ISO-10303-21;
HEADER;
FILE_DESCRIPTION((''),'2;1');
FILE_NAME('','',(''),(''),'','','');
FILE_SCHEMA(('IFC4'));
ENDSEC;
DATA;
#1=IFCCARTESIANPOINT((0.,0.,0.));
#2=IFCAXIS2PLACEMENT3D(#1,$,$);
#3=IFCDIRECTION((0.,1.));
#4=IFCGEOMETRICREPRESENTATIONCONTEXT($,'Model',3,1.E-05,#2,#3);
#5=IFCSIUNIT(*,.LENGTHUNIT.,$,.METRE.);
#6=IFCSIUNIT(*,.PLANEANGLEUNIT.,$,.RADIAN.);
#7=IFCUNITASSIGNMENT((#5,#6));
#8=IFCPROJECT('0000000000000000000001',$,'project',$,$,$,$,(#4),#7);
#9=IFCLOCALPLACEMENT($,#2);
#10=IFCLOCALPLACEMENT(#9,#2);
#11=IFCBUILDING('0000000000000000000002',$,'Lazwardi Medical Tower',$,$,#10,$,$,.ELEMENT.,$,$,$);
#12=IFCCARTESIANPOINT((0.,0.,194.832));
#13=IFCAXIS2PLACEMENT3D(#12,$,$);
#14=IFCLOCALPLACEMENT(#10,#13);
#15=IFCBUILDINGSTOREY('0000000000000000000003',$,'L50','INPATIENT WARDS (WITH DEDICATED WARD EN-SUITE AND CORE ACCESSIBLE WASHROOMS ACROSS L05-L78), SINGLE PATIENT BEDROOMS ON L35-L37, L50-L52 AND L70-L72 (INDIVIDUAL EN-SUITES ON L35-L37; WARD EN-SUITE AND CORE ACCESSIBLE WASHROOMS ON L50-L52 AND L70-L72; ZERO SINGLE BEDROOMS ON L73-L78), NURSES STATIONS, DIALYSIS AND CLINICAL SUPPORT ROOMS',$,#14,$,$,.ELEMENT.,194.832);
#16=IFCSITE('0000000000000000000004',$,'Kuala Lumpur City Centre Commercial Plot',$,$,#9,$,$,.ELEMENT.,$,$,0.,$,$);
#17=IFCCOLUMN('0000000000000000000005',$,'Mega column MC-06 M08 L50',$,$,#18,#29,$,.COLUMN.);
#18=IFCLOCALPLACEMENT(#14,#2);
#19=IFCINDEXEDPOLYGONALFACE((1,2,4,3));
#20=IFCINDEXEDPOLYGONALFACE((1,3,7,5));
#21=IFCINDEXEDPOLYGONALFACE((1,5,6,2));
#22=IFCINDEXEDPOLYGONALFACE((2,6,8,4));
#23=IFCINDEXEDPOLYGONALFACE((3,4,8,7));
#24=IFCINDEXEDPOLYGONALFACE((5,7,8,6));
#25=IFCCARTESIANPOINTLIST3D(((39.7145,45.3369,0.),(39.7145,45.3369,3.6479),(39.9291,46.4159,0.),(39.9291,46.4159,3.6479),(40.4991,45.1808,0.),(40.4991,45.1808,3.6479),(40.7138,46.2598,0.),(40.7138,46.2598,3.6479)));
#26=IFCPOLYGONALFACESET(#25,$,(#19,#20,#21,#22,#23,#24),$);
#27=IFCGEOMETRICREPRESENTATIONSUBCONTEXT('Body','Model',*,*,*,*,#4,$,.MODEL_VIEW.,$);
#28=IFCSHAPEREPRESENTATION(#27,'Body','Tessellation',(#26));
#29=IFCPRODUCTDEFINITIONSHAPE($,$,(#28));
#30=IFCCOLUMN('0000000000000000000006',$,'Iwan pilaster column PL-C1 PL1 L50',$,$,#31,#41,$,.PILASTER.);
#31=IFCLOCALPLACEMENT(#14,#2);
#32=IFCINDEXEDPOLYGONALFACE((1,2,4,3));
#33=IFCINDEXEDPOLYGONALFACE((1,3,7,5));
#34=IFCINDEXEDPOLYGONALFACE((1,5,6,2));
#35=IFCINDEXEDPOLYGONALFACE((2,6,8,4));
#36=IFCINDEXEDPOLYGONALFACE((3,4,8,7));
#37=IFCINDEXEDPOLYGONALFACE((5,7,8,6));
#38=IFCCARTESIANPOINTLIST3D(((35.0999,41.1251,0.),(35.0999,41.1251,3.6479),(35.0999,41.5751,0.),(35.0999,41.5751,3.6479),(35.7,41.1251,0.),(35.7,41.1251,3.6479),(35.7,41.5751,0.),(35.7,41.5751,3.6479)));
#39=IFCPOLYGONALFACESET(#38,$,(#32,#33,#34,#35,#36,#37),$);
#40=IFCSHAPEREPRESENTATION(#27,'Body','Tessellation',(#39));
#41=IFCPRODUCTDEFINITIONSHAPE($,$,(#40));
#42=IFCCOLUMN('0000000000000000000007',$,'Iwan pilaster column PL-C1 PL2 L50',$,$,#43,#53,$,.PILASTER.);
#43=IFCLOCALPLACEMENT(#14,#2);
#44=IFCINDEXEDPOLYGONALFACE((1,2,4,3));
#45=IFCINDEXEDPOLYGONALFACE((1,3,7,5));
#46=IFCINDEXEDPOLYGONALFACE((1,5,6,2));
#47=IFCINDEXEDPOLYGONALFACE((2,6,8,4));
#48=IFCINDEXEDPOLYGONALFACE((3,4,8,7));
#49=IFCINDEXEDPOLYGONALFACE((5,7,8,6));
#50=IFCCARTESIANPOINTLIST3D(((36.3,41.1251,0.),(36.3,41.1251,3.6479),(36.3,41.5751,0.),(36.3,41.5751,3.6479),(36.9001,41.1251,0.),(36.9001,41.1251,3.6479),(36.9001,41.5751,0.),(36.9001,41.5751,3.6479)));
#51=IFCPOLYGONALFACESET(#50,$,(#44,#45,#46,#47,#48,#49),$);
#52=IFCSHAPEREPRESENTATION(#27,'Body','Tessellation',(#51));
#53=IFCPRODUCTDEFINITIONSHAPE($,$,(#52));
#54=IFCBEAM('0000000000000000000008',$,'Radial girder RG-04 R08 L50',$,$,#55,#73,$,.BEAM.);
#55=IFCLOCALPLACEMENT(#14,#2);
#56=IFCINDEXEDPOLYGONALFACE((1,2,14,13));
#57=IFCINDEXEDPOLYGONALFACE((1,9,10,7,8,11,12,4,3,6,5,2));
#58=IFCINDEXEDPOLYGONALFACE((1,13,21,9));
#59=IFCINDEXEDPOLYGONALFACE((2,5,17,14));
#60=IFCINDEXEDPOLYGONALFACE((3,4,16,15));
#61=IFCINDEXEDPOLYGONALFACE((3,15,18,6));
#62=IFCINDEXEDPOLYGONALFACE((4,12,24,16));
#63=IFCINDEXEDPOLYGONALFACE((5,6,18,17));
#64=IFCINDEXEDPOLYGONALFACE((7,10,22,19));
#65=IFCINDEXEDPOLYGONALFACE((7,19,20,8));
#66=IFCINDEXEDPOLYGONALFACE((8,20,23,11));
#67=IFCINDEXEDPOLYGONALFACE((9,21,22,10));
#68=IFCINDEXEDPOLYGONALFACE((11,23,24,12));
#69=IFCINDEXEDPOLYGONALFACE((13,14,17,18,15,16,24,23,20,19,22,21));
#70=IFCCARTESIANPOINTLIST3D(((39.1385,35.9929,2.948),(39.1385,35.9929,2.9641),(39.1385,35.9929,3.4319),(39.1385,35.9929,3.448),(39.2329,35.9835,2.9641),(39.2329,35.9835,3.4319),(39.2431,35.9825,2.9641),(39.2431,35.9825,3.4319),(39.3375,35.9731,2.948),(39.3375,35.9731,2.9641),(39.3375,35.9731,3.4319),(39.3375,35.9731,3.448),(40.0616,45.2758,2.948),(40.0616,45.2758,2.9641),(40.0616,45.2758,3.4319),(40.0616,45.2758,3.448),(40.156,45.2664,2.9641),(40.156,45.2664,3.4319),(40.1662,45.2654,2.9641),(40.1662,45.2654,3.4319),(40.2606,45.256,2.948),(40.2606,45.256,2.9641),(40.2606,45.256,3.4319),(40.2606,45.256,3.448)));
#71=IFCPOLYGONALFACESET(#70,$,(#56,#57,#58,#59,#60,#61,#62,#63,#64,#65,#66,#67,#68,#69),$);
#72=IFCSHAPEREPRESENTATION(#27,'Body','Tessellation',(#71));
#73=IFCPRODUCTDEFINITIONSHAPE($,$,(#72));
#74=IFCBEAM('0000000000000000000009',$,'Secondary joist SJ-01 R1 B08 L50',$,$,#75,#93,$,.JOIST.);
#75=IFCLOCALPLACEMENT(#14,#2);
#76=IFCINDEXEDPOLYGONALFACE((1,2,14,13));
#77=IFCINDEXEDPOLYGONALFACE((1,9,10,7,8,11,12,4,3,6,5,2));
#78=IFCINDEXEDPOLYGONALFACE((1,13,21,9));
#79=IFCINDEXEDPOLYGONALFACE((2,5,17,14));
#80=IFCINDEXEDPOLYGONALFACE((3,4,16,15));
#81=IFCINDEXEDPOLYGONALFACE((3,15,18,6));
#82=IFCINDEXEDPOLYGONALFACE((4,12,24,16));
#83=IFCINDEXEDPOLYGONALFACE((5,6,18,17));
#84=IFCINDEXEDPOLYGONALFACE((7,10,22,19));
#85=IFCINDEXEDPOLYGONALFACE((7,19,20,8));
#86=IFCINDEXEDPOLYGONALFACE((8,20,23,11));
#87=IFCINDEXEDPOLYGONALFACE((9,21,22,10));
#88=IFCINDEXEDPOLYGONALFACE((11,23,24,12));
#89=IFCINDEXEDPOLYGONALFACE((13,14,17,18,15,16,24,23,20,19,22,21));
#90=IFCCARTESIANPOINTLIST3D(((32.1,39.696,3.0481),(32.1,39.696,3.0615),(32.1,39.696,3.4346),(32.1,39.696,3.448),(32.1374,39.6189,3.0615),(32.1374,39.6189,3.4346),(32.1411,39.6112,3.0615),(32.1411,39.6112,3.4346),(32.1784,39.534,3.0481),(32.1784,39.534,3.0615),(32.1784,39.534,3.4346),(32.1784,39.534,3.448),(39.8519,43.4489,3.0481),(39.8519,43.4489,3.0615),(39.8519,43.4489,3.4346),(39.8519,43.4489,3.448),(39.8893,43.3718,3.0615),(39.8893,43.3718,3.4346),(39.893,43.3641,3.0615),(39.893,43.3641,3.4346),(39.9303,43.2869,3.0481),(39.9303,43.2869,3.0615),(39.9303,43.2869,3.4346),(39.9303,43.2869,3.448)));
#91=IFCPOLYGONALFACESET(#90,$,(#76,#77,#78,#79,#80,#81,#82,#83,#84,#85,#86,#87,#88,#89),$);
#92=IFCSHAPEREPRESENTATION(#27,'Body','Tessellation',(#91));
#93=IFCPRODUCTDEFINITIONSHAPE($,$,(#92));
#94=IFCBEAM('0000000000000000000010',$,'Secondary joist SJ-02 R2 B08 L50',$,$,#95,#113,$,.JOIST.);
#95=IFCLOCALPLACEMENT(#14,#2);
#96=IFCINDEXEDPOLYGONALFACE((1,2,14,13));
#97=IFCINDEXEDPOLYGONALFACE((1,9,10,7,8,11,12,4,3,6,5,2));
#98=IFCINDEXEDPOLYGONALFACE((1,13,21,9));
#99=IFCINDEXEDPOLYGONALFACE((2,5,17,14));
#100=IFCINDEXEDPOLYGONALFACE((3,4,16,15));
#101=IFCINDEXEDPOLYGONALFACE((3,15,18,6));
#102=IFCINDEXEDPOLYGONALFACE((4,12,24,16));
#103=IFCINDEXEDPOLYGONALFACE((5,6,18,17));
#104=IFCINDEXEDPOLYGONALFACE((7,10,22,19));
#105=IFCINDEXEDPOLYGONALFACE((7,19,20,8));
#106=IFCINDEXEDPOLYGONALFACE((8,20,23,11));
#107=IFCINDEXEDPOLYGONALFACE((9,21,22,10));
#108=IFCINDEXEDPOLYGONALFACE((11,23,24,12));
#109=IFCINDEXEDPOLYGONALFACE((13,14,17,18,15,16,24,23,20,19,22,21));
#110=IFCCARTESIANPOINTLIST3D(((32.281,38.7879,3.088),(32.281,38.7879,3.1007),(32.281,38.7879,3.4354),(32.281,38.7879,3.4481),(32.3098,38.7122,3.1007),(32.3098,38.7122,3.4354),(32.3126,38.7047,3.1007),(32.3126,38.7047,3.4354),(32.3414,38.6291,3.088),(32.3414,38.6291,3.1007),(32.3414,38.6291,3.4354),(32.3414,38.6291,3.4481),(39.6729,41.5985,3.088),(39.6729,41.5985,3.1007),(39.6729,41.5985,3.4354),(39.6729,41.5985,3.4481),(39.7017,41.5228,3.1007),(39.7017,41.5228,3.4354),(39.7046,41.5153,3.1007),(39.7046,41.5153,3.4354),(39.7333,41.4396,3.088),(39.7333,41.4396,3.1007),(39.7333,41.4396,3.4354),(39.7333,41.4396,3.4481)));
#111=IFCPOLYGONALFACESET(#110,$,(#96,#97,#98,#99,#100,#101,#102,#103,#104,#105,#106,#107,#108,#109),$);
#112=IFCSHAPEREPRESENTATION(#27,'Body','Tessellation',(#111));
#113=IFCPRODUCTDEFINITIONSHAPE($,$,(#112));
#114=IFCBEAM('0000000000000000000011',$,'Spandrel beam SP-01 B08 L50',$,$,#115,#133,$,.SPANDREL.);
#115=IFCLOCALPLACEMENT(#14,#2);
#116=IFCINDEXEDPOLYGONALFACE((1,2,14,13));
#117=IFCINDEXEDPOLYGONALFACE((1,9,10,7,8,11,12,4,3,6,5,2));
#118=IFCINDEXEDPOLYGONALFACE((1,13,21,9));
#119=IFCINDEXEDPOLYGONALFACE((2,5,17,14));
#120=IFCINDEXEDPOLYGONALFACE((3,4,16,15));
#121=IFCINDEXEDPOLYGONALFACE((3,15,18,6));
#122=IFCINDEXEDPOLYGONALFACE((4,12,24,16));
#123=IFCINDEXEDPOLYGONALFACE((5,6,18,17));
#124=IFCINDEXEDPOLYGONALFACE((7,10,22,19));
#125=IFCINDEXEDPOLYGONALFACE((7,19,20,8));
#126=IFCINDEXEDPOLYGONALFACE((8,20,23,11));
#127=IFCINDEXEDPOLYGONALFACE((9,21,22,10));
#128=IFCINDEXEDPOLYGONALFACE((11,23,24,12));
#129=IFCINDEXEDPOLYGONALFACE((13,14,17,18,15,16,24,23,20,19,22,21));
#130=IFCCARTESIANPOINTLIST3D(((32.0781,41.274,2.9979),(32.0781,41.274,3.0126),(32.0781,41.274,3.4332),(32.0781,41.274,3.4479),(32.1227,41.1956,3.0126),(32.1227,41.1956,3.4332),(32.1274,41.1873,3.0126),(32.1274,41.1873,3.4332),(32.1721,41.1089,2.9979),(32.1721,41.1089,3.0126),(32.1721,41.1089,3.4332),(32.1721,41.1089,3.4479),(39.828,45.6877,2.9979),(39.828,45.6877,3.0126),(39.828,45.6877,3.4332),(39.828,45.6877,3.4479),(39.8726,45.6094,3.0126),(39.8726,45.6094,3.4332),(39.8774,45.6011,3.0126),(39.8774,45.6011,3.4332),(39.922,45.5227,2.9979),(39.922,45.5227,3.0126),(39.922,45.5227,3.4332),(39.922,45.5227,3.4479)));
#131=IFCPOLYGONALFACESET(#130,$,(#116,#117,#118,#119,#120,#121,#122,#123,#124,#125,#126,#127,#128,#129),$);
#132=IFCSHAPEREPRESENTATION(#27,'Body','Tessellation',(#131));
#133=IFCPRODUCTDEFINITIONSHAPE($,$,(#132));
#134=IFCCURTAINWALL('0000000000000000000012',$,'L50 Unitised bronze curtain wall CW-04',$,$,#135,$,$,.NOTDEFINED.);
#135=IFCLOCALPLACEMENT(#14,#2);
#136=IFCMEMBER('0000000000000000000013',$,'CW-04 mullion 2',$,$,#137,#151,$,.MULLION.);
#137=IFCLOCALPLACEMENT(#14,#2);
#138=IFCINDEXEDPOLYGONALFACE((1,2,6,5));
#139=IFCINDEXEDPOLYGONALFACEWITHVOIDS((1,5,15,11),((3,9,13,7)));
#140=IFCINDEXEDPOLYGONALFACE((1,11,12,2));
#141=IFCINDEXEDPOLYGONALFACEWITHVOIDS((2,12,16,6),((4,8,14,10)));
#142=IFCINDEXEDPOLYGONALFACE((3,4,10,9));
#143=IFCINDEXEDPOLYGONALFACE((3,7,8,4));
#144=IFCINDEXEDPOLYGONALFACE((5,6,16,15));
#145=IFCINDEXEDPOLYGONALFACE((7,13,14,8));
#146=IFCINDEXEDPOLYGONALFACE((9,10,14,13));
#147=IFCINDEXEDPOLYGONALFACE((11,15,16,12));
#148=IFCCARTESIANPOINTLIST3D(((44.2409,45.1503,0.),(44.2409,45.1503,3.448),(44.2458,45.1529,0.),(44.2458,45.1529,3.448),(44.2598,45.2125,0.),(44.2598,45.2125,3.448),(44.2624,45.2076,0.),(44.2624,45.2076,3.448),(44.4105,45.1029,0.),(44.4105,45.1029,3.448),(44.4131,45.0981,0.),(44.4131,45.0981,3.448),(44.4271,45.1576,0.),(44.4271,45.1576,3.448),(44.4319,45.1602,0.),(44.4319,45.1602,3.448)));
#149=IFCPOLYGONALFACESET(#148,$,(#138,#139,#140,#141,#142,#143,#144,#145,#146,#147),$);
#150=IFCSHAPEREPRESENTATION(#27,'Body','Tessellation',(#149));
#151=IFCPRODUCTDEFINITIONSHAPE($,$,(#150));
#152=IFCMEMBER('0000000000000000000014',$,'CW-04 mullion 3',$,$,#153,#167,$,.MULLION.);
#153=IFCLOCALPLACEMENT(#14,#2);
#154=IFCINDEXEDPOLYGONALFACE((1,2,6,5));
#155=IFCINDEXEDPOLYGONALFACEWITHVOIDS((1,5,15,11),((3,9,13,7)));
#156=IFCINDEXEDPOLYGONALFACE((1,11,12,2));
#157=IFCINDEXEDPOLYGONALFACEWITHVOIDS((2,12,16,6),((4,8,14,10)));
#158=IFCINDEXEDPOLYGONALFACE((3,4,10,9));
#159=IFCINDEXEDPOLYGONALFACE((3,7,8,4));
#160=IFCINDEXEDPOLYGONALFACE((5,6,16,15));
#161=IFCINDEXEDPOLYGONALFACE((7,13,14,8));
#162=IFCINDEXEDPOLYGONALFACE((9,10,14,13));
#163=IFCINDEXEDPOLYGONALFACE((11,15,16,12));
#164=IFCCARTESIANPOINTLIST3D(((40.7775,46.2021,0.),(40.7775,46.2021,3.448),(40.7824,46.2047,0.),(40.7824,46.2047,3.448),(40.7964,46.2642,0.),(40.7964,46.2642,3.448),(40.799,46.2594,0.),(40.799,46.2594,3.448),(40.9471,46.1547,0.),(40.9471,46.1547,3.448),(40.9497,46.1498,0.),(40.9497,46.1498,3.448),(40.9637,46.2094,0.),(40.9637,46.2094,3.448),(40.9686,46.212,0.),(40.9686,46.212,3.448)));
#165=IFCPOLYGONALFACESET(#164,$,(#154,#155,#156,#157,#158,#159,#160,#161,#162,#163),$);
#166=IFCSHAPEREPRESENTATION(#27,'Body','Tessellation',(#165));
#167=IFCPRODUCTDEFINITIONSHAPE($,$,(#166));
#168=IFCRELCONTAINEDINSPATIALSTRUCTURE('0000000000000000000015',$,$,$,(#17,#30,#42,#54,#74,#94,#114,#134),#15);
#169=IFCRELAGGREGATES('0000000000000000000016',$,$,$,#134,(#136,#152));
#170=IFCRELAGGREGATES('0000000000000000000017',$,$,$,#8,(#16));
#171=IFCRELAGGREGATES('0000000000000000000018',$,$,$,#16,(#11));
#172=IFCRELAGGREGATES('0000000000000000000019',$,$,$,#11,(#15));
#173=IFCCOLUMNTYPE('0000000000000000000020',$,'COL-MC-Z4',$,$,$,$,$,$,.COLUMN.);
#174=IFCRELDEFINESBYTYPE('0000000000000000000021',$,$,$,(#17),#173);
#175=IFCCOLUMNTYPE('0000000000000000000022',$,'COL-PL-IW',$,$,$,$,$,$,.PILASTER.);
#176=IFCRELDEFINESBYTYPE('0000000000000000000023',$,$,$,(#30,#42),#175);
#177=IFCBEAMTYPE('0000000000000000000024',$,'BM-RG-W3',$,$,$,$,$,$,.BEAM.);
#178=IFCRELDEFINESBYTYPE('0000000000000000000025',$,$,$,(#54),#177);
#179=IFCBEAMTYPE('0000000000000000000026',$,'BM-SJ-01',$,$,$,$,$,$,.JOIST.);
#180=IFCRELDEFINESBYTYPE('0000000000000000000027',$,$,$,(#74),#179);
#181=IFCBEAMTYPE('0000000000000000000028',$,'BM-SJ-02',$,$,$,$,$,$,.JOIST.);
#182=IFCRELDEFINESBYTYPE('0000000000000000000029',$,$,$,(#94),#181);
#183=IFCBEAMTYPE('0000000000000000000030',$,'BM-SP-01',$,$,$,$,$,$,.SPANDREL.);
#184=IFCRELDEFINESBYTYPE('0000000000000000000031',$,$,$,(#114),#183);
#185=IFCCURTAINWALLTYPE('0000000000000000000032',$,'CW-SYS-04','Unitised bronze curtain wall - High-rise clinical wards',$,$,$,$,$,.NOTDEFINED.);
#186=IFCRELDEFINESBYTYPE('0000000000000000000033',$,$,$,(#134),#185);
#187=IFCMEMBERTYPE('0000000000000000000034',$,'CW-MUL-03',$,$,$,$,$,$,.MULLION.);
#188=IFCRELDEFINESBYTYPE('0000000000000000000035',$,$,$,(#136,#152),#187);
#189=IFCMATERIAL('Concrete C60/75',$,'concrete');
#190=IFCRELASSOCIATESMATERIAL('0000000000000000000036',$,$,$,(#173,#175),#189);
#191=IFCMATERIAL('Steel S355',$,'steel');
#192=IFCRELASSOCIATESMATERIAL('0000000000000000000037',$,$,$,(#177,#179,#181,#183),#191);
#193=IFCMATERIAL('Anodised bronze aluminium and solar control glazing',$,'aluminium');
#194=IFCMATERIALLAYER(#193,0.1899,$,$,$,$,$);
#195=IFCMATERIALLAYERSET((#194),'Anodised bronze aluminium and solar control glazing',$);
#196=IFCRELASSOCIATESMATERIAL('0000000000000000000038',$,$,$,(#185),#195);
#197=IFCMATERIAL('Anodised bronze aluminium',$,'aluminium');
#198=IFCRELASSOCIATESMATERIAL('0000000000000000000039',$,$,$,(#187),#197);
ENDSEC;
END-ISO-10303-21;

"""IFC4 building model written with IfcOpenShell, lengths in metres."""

from ifc_helpers import new_model, si_unit, direction, frame, origin, origin_2d, place, context, subcontext, project, spatial, rectangle, hollow_rectangle, i_section, extrude, material, layer, layer_set, material_profile, profile_set, type_object, element, aggregate, save


model = new_model("IFC4")

# Units and contexts
model_context = context("Model", 3, precision=1e-05, world=origin(), true_north=direction((0.0, 1.0)))
body_context = subcontext(model_context, "Body", "Model", "MODEL_VIEW")
ifc_project = project(units=[si_unit("LENGTHUNIT", "METRE"), si_unit("PLANEANGLEUNIT", "RADIAN")], contexts=[model_context])

# Site, building, storey
site_placement = place(None, origin())
site = spatial("IfcSite", under=ifc_project, at=site_placement, Name="Kuala Lumpur City Centre Commercial Plot", CompositionType="ELEMENT", RefElevation=0.0)
building_placement = place(site_placement, origin())
building = spatial("IfcBuilding", under=site, at=building_placement, Name="Lazwardi Medical Tower", CompositionType="ELEMENT")
storey_placement = place(building_placement, frame((0.0, 0.0, 194.832)))
storey = spatial("IfcBuildingStorey", under=building, at=storey_placement, Name="L50", Description="INPATIENT WARDS (WITH DEDICATED WARD EN-SUITE AND CORE ACCESSIBLE WASHROOMS ACROSS L05-L78), SINGLE PATIENT BEDROOMS ON L35-L37, L50-L52 AND L70-L72 (INDIVIDUAL EN-SUITES ON L35-L37; WARD EN-SUITE AND CORE ACCESSIBLE WASHROOMS ON L50-L52 AND L70-L72; ZERO SINGLE BEDROOMS ON L73-L78), NURSES STATIONS, DIALYSIS AND CLINICAL SUPPORT ROOMS", CompositionType="ELEMENT", Elevation=194.832)

# Columns
ifc_material_1 = material(Name="Concrete C60/75", Category="concrete")
ifc_material_profile_1 = material_profile(ifc_material_1, rectangle(XDim=1.1001, YDim=0.8, at=origin_2d()), Name="CFT-RECT 1100x800")
ifc_profile_set_1 = profile_set([ifc_material_profile_1], Name="Concrete C60/75")
column_type_1 = type_object("IfcColumnType", Name="COL-MC-Z4", PredefinedType="COLUMN", material=ifc_profile_set_1)
column_placement = place(storey_placement, frame((40.2141, 45.7983, 0.0), z_axis=(0.0, 0.0, 1.0), x_axis=(0.19509, 0.980785, 0.0)))
element("IfcColumn", 1, at=column_placement, inside=storey, type_object=column_type_1, Name="Mega column MC-06 M08 L50", PredefinedType="COLUMN", context=body_context, shape_type="SweptSolid", body=[
    extrude(rectangle(XDim=1.1001, YDim=0.8, at=origin_2d()), origin(), (0.0, 0.0, 1.0), 3.6479),
])
ifc_material_profile_2 = material_profile(ifc_material_1, rectangle(XDim=0.6001, YDim=0.45, at=origin_2d()), Name="RC 600x450")
ifc_profile_set_2 = profile_set([ifc_material_profile_2], Name="Concrete C60/75")
column_type_2 = type_object("IfcColumnType", Name="COL-PL-IW", PredefinedType="PILASTER", material=ifc_profile_set_2)
for number, where, z_axis, x_axis, name in (
    (2, (35.3999, 41.3501, 0.0), (0.0, 0.0, 1.0), (1.0, 0.0, 0.0), "Iwan pilaster column PL-C1 PL1 L50"),
    (3, (36.6001, 41.3501, 0.0), (0.0, 0.0, 1.0), (1.0, 0.0, 0.0), "Iwan pilaster column PL-C1 PL2 L50"),
):
    element("IfcColumn", number, at=place(storey_placement, frame(where, z_axis=z_axis, x_axis=x_axis)), inside=storey, type_object=column_type_2, Name=name, PredefinedType="PILASTER", context=body_context, shape_type="SweptSolid", body=[
        extrude(rectangle(XDim=0.6001, YDim=0.45, at=origin_2d()), origin(), (0.0, 0.0, 1.0), 3.6479),
    ])

# Beams
ifc_material_2 = material(Name="Steel S355", Category="steel")
ifc_material_profile_3 = material_profile(ifc_material_2, i_section(OverallWidth=0.2, OverallDepth=0.5, WebThickness=0.0103, FlangeThickness=0.0161, at=origin_2d()), Name="IPE 500")
ifc_profile_set_3 = profile_set([ifc_material_profile_3], Name="Steel S355")
beam_type_1 = type_object("IfcBeamType", Name="BM-RG-W3", PredefinedType="BEAM", material=ifc_profile_set_3)
beam_1_placement = place(storey_placement, frame((40.1611, 45.2659, 3.198), z_axis=(-0.098954, -0.995092, 0.0), x_axis=(0.995092, -0.098954, 0.0)))
element("IfcBeam", 4, at=beam_1_placement, inside=storey, type_object=beam_type_1, Name="Radial girder RG-04 R08 L50", PredefinedType="BEAM", context=body_context, shape_type="SweptSolid", body=[
    extrude(i_section(OverallWidth=0.2, OverallDepth=0.5, WebThickness=0.0103, FlangeThickness=0.0161, at=origin_2d()), origin(), (0.0, 0.0, 1.0), 9.3286),
])
ifc_material_profile_4 = material_profile(ifc_material_2, i_section(OverallWidth=0.1799, OverallDepth=0.3999, WebThickness=0.0085, FlangeThickness=0.0134, at=origin_2d()), Name="IPE 400")
ifc_profile_set_4 = profile_set([ifc_material_profile_4], Name="Steel S355")
beam_type_2 = type_object("IfcBeamType", Name="BM-SJ-01", PredefinedType="JOIST", material=ifc_profile_set_4)
beam_2_placement = place(storey_placement, frame((39.8911, 43.3679, 3.248), z_axis=(-0.900069, -0.435748, 0.0), x_axis=(0.435748, -0.900069, 0.0)))
element("IfcBeam", 5, at=beam_2_placement, inside=storey, type_object=beam_type_2, Name="Secondary joist SJ-01 R1 B08 L50", PredefinedType="JOIST", context=body_context, shape_type="SweptSolid", body=[
    extrude(i_section(OverallWidth=0.1799, OverallDepth=0.3999, WebThickness=0.0085, FlangeThickness=0.0134, at=origin_2d()), origin(), (0.0, 0.0, 1.0), 8.6125),
])
ifc_material_profile_5 = material_profile(ifc_material_2, i_section(OverallWidth=0.1699, OverallDepth=0.3601, WebThickness=0.0081, FlangeThickness=0.0127, at=origin_2d()), Name="IPE 360")
ifc_profile_set_5 = profile_set([ifc_material_profile_5], Name="Steel S355")
beam_type_3 = type_object("IfcBeamType", Name="BM-SJ-02", PredefinedType="JOIST", material=ifc_profile_set_5)
beam_3_placement = place(storey_placement, frame((39.7031, 41.519, 3.2681), z_axis=(-0.934714, -0.3554, 0.0), x_axis=(0.3554, -0.934714, 0.0)))
element("IfcBeam", 6, at=beam_3_placement, inside=storey, type_object=beam_type_3, Name="Secondary joist SJ-02 R2 B08 L50", PredefinedType="JOIST", context=body_context, shape_type="SweptSolid", body=[
    extrude(i_section(OverallWidth=0.1699, OverallDepth=0.3601, WebThickness=0.0081, FlangeThickness=0.0127, at=origin_2d()), origin(), (0.0, 0.0, 1.0), 7.9082),
])
ifc_material_profile_6 = material_profile(ifc_material_2, i_section(OverallWidth=0.1899, OverallDepth=0.45, WebThickness=0.0095, FlangeThickness=0.0146, at=origin_2d()), Name="IPE 450")
ifc_profile_set_6 = profile_set([ifc_material_profile_6], Name="Steel S355")
beam_type_4 = type_object("IfcBeamType", Name="BM-SP-01", PredefinedType="SPANDREL", material=ifc_profile_set_6)
beam_4_placement = place(storey_placement, frame((39.875, 45.6052, 3.2229), z_axis=(-0.868955, -0.494891, 0.0), x_axis=(0.494891, -0.868955, 0.0)))
element("IfcBeam", 7, at=beam_4_placement, inside=storey, type_object=beam_type_4, Name="Spandrel beam SP-01 B08 L50", PredefinedType="SPANDREL", context=body_context, shape_type="SweptSolid", body=[
    extrude(i_section(OverallWidth=0.1899, OverallDepth=0.45, WebThickness=0.0095, FlangeThickness=0.0146, at=origin_2d()), origin(), (0.0, 0.0, 1.0), 8.9187),
])

# Curtain wall, members
ifc_material_3 = material(Name="Anodised bronze aluminium and solar control glazing", Category="aluminium")
ifc_layer_1 = layer(ifc_material_3, 0.1899)
ifc_layer_set_1 = layer_set([ifc_layer_1], Name="Anodised bronze aluminium and solar control glazing")
curtain_wall_type = type_object("IfcCurtainWallType", Name="CW-SYS-04", Description="Unitised bronze curtain wall - High-rise clinical wards", PredefinedType="NOTDEFINED", material=ifc_layer_set_1)
curtain_wall_placement = place(storey_placement, origin())
curtain_wall = element("IfcCurtainWall", 8, at=curtain_wall_placement, inside=storey, type_object=curtain_wall_type, Name="L50 Unitised bronze curtain wall CW-04", PredefinedType="NOTDEFINED")
ifc_material_4 = material(Name="Anodised bronze aluminium", Category="aluminium")
ifc_material_profile_7 = material_profile(ifc_material_4, hollow_rectangle(XDim=0.0649, YDim=0.1799, WallThickness=0.0039, at=origin_2d()), Name="ALU-MULLION 180x65x4")
ifc_profile_set_7 = profile_set([ifc_material_profile_7], Name="Anodised bronze aluminium")
member_type_1 = type_object("IfcMemberType", Name="CW-MUL-03", PredefinedType="MULLION", material=ifc_profile_set_7)
member_1_placement = place(storey_placement, frame((44.3364, 45.1553, 0.0), z_axis=(0.0, 0.0, 1.0), x_axis=(-0.290582, -0.95685, 0.0)))
member_1 = element("IfcMember", 9, at=member_1_placement, type_object=member_type_1, Name="CW-04 mullion 2", PredefinedType="MULLION", context=body_context, shape_type="SweptSolid", body=[
    extrude(hollow_rectangle(XDim=0.0649, YDim=0.1799, WallThickness=0.0039, at=origin_2d()), origin(), (0.0, 0.0, 1.0), 3.448),
])
member_2_placement = place(storey_placement, frame((40.873, 46.207, 0.0), z_axis=(0.0, 0.0, 1.0), x_axis=(-0.290582, -0.95685, 0.0)))
member_2 = element("IfcMember", 10, at=member_2_placement, type_object=member_type_1, Name="CW-04 mullion 3", PredefinedType="MULLION", context=body_context, shape_type="SweptSolid", body=[
    extrude(hollow_rectangle(XDim=0.0649, YDim=0.1799, WallThickness=0.0039, at=origin_2d()), origin(), (0.0, 0.0, 1.0), 3.448),
])
aggregate(curtain_wall, [member_1, member_2])

save(model, "model.ifc")
